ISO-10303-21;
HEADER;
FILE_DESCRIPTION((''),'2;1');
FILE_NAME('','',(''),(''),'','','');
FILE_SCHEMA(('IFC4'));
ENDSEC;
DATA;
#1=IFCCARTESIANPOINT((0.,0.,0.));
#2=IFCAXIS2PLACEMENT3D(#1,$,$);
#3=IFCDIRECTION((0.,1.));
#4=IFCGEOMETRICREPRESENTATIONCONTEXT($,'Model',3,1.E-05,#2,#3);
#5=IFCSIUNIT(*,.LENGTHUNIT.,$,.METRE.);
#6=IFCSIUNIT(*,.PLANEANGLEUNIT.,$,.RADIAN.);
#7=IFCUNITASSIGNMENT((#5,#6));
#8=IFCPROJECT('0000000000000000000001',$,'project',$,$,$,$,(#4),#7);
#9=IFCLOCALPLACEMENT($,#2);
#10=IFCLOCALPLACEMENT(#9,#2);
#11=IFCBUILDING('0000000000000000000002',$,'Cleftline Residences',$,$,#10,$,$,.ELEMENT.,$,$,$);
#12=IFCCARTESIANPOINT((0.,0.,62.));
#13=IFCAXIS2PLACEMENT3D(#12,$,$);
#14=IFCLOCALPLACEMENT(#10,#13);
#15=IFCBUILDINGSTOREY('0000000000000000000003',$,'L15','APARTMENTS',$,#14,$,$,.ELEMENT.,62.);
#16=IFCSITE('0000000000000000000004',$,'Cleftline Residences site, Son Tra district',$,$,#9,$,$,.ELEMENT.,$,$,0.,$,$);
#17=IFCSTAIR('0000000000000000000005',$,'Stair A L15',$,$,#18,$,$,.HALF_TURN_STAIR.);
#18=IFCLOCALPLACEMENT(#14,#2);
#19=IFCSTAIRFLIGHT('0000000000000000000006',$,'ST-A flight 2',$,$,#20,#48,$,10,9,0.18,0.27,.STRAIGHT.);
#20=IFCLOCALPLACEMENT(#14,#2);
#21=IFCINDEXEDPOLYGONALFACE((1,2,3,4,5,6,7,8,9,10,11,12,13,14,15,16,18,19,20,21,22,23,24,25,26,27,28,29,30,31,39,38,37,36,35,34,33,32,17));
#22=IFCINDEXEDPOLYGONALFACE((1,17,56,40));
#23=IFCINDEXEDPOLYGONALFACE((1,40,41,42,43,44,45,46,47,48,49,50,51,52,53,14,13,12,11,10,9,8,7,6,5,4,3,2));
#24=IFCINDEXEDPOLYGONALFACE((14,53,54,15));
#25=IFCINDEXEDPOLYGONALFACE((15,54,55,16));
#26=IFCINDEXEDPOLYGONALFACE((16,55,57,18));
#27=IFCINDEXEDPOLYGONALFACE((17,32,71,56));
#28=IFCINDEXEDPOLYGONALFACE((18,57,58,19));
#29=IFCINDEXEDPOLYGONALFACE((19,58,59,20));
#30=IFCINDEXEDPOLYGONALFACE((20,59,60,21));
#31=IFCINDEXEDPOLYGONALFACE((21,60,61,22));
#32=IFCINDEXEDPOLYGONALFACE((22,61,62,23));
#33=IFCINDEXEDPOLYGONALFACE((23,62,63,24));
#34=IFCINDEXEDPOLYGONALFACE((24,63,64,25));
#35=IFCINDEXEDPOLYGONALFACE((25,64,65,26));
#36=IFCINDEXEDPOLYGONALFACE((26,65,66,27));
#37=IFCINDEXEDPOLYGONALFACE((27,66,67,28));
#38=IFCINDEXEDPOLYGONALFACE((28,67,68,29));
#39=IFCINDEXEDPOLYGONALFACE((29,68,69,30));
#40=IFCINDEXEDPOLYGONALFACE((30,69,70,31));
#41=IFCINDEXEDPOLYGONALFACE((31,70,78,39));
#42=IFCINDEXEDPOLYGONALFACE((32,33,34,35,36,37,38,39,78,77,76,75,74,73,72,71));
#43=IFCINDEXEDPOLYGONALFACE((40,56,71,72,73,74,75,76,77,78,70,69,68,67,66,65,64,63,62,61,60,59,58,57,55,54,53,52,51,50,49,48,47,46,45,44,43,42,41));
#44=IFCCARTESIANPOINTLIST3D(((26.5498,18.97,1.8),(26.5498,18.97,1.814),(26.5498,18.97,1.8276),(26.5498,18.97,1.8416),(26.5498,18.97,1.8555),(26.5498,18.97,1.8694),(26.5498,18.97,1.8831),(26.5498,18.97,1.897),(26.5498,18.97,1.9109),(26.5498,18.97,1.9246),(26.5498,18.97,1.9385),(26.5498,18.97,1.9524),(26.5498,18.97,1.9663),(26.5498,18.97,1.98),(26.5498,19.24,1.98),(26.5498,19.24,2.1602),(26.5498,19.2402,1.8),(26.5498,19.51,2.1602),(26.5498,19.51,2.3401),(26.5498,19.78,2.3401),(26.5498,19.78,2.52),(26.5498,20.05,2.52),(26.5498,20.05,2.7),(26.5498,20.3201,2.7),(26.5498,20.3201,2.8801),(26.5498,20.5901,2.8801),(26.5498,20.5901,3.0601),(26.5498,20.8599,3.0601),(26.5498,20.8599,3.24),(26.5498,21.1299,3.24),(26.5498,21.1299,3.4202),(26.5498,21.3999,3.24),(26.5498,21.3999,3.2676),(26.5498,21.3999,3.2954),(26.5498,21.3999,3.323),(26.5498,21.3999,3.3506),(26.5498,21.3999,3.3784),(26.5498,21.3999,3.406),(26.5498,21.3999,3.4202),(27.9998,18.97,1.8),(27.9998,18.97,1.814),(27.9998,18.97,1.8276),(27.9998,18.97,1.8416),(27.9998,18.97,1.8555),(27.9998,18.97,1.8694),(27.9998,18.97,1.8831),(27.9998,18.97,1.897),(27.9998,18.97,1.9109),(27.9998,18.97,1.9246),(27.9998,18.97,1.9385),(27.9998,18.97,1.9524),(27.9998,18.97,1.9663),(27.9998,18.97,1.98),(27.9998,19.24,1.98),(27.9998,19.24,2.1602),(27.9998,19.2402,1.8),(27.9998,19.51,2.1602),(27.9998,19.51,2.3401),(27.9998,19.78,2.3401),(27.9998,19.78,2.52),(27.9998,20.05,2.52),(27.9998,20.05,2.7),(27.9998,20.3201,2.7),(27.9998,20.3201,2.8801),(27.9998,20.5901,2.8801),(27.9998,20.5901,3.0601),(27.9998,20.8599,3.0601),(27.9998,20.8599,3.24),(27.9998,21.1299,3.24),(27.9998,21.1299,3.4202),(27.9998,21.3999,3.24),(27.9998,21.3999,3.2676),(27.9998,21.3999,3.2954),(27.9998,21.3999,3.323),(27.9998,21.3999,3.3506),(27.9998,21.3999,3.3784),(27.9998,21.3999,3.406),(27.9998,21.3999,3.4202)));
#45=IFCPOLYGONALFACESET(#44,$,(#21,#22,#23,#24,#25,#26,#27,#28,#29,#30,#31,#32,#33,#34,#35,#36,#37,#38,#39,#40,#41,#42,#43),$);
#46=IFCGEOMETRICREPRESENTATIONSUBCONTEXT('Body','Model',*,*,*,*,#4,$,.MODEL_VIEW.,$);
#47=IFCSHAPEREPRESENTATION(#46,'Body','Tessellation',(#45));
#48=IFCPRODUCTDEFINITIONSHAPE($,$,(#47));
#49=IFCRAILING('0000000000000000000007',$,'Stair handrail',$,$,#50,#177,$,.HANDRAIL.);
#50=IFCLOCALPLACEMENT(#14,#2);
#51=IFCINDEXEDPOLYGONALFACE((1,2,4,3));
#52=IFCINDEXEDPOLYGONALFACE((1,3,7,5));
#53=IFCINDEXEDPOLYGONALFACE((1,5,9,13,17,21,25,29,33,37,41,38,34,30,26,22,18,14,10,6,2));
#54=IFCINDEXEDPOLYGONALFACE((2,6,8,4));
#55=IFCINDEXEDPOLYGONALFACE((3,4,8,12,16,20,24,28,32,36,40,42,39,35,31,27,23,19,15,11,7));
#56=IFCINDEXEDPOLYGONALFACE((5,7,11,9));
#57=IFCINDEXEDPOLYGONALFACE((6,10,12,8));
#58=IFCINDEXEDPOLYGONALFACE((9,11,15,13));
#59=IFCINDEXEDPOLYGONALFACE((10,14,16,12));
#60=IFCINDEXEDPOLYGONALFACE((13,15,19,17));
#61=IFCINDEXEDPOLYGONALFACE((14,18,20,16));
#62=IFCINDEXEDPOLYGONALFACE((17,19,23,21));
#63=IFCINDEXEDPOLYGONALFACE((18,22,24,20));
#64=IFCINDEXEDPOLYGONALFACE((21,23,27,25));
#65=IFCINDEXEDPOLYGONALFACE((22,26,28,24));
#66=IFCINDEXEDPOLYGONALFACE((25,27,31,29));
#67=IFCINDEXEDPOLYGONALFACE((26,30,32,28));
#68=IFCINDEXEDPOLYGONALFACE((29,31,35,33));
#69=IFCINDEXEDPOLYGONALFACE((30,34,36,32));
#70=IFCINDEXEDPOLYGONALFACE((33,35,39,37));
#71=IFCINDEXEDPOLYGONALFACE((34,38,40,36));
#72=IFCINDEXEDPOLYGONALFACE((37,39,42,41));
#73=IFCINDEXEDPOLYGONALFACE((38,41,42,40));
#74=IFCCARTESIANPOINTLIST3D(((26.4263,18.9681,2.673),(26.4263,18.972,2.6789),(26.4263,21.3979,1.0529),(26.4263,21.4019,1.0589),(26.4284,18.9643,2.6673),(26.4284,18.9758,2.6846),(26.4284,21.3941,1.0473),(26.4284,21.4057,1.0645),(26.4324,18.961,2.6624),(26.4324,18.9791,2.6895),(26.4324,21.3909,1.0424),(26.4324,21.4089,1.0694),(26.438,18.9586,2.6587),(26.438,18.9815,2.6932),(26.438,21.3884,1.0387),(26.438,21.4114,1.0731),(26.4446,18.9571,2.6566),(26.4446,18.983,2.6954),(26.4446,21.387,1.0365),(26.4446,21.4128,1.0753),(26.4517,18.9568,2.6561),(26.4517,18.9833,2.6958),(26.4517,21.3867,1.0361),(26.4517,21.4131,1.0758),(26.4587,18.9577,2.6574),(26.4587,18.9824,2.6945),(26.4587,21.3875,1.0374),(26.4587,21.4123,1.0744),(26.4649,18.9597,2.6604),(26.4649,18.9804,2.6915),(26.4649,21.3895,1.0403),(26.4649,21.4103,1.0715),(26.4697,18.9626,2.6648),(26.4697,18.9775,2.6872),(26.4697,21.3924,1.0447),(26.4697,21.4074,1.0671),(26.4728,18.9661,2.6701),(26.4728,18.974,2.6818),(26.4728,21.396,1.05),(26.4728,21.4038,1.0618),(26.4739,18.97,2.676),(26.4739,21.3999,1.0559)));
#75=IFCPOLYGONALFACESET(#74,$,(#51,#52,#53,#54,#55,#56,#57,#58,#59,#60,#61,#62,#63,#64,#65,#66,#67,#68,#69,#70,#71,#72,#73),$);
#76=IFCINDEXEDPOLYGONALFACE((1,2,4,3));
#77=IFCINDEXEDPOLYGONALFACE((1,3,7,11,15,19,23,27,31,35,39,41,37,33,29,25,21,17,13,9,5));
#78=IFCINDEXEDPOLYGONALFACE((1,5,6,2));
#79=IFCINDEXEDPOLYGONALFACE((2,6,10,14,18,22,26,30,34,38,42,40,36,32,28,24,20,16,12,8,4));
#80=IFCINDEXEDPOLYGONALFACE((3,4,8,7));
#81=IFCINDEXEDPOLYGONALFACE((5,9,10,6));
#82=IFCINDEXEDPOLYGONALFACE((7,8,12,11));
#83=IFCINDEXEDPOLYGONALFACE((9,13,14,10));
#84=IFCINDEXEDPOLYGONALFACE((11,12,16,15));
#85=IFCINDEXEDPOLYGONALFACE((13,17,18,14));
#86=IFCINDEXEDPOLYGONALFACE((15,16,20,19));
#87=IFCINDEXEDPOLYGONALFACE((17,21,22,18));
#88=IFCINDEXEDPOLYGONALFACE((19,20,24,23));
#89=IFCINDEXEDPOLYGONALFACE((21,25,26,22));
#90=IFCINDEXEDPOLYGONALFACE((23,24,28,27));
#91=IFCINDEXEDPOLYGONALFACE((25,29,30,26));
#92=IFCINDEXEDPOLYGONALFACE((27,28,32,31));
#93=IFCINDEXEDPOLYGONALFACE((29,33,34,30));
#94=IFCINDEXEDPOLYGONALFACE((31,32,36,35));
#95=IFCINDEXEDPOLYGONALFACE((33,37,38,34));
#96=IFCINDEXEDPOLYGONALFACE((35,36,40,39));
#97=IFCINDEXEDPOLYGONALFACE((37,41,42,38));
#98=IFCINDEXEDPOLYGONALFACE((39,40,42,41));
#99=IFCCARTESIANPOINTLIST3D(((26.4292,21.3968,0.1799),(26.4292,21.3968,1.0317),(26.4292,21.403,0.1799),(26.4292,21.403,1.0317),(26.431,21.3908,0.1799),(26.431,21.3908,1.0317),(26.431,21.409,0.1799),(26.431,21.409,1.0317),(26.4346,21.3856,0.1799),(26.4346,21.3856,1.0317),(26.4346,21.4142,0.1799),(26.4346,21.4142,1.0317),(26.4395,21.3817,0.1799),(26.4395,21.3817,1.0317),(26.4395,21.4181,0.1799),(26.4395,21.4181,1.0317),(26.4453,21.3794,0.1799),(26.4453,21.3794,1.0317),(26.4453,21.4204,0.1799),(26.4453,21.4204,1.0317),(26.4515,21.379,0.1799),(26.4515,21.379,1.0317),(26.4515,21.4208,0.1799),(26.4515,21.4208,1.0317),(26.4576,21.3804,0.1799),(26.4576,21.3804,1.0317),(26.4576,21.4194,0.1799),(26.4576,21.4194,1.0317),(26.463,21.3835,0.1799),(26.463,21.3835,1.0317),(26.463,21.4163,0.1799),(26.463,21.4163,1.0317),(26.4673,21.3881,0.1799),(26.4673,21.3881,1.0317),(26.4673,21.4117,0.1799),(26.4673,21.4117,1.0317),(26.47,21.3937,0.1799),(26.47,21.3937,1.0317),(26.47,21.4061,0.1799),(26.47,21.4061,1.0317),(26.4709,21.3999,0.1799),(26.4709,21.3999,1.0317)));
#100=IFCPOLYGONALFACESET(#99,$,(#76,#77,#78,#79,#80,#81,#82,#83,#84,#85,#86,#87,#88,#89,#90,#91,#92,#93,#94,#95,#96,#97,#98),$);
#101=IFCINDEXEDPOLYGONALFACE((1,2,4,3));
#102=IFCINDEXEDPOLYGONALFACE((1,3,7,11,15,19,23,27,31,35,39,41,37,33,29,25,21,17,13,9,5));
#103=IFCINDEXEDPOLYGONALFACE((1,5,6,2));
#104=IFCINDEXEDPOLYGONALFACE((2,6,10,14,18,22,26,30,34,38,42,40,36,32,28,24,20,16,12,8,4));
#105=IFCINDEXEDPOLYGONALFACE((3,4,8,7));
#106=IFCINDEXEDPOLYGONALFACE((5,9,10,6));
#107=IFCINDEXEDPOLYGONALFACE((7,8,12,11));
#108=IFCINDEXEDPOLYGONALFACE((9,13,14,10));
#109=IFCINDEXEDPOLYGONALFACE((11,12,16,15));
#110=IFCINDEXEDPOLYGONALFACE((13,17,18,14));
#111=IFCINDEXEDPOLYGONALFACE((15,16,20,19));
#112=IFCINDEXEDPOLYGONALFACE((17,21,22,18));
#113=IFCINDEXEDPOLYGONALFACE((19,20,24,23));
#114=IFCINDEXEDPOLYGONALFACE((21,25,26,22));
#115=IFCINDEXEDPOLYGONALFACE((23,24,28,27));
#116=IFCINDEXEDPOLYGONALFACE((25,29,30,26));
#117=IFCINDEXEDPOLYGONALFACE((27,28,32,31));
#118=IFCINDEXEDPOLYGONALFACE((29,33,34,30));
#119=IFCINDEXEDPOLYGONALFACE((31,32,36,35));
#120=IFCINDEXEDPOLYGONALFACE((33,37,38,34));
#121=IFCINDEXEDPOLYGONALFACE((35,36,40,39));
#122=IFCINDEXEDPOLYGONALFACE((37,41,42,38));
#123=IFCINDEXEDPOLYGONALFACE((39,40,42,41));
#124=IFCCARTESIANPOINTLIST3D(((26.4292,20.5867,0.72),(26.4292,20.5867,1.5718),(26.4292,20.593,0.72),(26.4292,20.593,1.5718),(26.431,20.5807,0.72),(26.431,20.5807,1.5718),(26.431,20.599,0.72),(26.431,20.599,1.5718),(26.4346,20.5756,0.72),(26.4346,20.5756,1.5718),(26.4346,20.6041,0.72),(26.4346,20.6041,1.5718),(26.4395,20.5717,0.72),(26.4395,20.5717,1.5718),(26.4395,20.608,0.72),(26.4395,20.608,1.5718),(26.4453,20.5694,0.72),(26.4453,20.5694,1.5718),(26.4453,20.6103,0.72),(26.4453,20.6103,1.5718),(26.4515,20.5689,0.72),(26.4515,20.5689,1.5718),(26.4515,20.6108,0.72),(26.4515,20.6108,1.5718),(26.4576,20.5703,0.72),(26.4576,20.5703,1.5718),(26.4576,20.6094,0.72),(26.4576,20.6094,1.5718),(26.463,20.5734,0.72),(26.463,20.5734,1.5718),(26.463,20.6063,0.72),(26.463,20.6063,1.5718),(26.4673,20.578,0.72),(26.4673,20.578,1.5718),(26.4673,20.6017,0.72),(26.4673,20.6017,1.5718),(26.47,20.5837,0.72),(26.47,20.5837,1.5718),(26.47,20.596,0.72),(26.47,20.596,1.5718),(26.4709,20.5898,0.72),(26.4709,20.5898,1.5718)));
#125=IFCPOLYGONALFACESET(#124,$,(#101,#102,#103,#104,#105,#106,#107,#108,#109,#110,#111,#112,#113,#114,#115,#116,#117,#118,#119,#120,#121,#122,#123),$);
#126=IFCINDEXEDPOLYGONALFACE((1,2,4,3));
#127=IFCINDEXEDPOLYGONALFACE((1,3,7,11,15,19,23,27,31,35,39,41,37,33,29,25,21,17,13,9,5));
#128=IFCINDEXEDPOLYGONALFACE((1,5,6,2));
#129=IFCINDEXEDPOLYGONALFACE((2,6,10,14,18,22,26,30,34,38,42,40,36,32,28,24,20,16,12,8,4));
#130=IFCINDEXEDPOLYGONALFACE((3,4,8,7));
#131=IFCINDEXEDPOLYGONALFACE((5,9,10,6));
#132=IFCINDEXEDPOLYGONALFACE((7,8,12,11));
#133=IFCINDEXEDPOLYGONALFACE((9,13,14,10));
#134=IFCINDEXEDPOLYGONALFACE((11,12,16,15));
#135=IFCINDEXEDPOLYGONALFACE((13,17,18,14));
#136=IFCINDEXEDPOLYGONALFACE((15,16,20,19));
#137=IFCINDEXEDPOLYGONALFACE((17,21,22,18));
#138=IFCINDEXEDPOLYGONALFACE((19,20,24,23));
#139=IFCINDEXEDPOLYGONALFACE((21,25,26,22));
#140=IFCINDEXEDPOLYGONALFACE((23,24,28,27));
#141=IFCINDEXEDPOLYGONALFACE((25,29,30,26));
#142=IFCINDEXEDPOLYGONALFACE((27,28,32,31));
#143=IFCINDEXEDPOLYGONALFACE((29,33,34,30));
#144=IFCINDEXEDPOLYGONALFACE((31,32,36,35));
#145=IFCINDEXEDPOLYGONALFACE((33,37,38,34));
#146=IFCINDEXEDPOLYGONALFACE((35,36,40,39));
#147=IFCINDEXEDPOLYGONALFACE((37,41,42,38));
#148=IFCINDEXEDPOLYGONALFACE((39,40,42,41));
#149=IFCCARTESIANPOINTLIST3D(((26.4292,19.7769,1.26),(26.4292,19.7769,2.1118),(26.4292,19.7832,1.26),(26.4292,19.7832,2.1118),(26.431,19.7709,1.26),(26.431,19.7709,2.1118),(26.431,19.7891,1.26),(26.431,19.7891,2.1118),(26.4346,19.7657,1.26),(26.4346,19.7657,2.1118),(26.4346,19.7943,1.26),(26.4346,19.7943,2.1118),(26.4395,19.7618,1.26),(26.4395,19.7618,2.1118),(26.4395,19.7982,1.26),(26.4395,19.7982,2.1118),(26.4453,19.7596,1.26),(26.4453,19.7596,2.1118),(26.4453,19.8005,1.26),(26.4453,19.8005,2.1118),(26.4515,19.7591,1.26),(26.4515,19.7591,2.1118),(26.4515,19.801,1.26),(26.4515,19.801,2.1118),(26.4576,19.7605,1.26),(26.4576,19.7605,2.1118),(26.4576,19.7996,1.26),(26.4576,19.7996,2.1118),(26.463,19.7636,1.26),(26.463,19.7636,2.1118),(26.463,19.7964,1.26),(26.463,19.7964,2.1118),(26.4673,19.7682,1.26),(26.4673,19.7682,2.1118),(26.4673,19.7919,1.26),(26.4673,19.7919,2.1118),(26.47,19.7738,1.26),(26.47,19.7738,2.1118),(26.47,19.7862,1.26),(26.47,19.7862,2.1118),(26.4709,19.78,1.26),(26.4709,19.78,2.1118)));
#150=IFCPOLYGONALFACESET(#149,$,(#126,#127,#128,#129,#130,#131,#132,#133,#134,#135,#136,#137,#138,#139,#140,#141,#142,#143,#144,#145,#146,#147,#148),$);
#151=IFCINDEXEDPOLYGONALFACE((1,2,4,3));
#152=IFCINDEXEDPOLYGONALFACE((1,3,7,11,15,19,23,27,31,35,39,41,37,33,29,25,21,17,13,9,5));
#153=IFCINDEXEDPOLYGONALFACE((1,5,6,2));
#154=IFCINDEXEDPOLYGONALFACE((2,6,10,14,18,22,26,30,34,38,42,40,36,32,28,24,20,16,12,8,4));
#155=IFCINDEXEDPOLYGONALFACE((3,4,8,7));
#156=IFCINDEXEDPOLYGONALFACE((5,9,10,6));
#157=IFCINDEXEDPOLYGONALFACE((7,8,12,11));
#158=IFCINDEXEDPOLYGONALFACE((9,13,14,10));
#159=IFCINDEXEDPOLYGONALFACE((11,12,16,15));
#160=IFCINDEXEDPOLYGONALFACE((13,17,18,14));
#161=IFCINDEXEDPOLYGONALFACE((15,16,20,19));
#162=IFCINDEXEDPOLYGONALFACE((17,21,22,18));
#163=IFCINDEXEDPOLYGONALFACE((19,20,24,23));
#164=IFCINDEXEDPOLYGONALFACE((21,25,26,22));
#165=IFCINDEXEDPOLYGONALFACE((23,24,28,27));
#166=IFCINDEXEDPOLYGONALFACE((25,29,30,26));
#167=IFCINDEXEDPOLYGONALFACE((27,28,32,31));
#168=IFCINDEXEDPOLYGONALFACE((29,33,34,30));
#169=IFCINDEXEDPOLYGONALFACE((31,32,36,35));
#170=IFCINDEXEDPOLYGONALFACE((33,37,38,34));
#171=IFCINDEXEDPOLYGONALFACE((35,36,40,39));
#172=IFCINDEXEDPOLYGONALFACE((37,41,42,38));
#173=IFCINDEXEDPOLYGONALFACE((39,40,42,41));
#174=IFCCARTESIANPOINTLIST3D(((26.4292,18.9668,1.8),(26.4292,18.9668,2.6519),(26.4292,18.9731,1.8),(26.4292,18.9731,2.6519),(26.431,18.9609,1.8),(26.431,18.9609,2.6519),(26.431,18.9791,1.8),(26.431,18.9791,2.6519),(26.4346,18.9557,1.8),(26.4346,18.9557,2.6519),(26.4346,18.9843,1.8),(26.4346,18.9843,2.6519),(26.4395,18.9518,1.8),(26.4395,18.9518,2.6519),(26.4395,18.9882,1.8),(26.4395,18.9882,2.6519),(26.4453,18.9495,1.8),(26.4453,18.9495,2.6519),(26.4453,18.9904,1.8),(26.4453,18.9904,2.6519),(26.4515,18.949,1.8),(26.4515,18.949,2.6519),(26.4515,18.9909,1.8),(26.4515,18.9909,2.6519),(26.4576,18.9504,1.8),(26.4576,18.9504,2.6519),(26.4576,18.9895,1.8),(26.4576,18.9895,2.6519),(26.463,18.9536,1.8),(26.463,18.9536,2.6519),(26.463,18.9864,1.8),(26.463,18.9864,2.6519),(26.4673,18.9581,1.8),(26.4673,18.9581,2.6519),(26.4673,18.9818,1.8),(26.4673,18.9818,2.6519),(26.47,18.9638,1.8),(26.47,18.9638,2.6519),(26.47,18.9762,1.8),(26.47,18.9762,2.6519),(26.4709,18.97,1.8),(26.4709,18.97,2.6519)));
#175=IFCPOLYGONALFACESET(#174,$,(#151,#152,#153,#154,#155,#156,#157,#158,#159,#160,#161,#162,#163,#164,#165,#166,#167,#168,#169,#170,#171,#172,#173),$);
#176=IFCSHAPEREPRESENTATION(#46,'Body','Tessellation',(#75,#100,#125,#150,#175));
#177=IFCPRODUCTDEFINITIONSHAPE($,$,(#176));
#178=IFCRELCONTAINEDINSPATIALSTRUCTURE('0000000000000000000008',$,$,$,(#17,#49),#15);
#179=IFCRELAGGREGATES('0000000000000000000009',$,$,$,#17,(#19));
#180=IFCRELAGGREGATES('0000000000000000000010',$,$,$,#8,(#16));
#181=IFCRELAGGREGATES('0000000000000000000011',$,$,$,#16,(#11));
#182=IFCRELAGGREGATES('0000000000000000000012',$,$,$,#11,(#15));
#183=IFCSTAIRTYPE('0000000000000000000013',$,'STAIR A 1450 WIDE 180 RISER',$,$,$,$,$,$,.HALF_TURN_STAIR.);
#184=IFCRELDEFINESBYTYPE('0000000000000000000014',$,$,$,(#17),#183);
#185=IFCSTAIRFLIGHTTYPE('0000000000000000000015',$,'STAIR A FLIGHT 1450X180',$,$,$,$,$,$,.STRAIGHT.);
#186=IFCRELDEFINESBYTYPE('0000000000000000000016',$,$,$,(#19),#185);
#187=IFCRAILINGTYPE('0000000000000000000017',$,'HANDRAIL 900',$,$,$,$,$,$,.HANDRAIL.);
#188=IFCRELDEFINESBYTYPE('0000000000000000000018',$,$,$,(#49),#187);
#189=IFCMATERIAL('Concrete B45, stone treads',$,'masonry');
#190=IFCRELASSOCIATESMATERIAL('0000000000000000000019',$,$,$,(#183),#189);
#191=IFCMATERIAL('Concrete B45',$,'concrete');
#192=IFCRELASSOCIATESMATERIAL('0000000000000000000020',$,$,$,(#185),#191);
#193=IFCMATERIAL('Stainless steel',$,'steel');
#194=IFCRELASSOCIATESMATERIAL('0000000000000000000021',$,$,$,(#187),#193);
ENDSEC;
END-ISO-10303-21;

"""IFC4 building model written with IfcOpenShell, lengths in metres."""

from ifc_helpers import new_model, si_unit, direction, frame, origin, origin_2d, place, context, subcontext, project, spatial, polyline, circle, outline, extrude, material, type_object, element, aggregate, save


model = new_model("IFC4")

# Units and contexts
model_context = context("Model", 3, precision=1e-05, world=origin(), true_north=direction((0.0, 1.0)))
body_context = subcontext(model_context, "Body", "Model", "MODEL_VIEW")
ifc_project = project(units=[si_unit("LENGTHUNIT", "METRE"), si_unit("PLANEANGLEUNIT", "RADIAN")], contexts=[model_context])

# Site, building, storey
site_placement = place(None, origin())
site = spatial("IfcSite", under=ifc_project, at=site_placement, Name="Cleftline Residences site, Son Tra district", CompositionType="ELEMENT", RefElevation=0.0)
building_placement = place(site_placement, origin())
building = spatial("IfcBuilding", under=site, at=building_placement, Name="Cleftline Residences", CompositionType="ELEMENT")
storey_placement = place(building_placement, frame((0.0, 0.0, 62.0)))
storey = spatial("IfcBuildingStorey", under=building, at=storey_placement, Name="L15", Description="APARTMENTS", CompositionType="ELEMENT", Elevation=62.0)

# Stair, stair flight
ifc_material_1 = material(Name="Concrete B45, stone treads", Category="masonry")
stair_type = type_object("IfcStairType", Name="STAIR A 1450 WIDE 180 RISER", PredefinedType="HALF_TURN_STAIR", material=ifc_material_1)
stair_placement = place(storey_placement, origin())
stair = element("IfcStair", 1, at=stair_placement, inside=storey, type_object=stair_type, Name="Stair A L15", PredefinedType="HALF_TURN_STAIR")
ifc_material_2 = material(Name="Concrete B45", Category="concrete")
stair_flight_type = type_object("IfcStairFlightType", Name="STAIR A FLIGHT 1450X180", PredefinedType="STRAIGHT", material=ifc_material_2)
stair_flight_1_placement = place(storey_placement, frame((27.2749, 18.97, 1.8), z_axis=(0.0, 0.0, 1.0), x_axis=(0.0, 1.0, 0.0)))
stair_flight_1 = element("IfcStairFlight", 2, at=stair_flight_1_placement, type_object=stair_flight_type, Name="ST-A flight 2", NumberOfRisers=10, NumberOfTreads=9, PredefinedType="STRAIGHT", RiserHeight=0.18, TreadLength=0.27, context=body_context, shape_type="SweptSolid", body=[
    extrude(outline(polyline([(0.0, 0.0), (0.0, 0.0139), (0.0, 0.0276), (0.0, 0.0415), (0.0, 0.0554), (0.0, 0.0693), (0.0, 0.083), (0.0, 0.0969), (0.0, 0.1108), (0.0, 0.1245), (0.0, 0.1384), (0.0, 0.1523), (0.0, 0.1663), (0.0, 0.1799), (0.27, 0.1799), (0.27, 0.3601), (0.54, 0.3601), (0.54, 0.54), (0.8101, 0.54), (0.8101, 0.72), (1.0801, 0.72), (1.0801, 0.8999), (1.3501, 0.8999), (1.3501, 1.0801), (1.6201, 1.0801), (1.6201, 1.26), (1.8899, 1.26), (1.8899, 1.4399), (2.1599, 1.4399), (2.1599, 1.6201), (2.4299, 1.6201), (2.4299, 1.8), (2.4299, 1.7722), (2.4299, 1.7446), (2.4299, 1.7168), (2.4299, 1.6892), (2.4299, 1.6614), (2.4299, 1.6338), (2.4299, 1.606), (2.4299, 1.5784), (2.4299, 1.5505), (2.4299, 1.5229), (2.4299, 1.4954), (2.4299, 1.4675), (2.4299, 1.4399), (0.2703, 0.0), (0.0, 0.0)])), frame((0.0, 0.7251, 0.0), z_axis=(0.0, -1.0, 0.0), x_axis=(1.0, 0.0, 0.0)), (0.0, 0.0, 1.0), 1.45),
])
aggregate(stair, [stair_flight_1])

# Railing
ifc_material_3 = material(Name="Stainless steel", Category="steel")
railing_type = type_object("IfcRailingType", Name="HANDRAIL 900", PredefinedType="HANDRAIL", material=ifc_material_3)
railing_1_placement = place(storey_placement, frame((26.45, 21.3999, 0.1799)))
element("IfcRailing", 3, at=railing_1_placement, inside=storey, type_object=railing_type, Name="Stair handrail", PredefinedType="HANDRAIL", context=body_context, shape_type="SweptSolid", body=[
    extrude(circle(Radius=0.0239, at=origin_2d()), frame((0.0, 0.0, 0.876), z_axis=(0.0, -0.832025, 0.554739), x_axis=(1.0, 0.0, 0.0)), (0.0, 0.0, 1.0), 2.9204),
    extrude(circle(Radius=0.021, at=origin_2d()), origin(), (0.0, 0.0, 1.0), 0.8518),
    extrude(circle(Radius=0.021, at=origin_2d()), frame((0.0, -0.8101, 0.54)), (0.0, 0.0, 1.0), 0.8518),
    extrude(circle(Radius=0.021, at=origin_2d()), frame((0.0, -1.6199, 1.0801)), (0.0, 0.0, 1.0), 0.8518),
    extrude(circle(Radius=0.021, at=origin_2d()), frame((0.0, -2.4299, 1.6201)), (0.0, 0.0, 1.0), 0.8518),
])

save(model, "model.ifc")
